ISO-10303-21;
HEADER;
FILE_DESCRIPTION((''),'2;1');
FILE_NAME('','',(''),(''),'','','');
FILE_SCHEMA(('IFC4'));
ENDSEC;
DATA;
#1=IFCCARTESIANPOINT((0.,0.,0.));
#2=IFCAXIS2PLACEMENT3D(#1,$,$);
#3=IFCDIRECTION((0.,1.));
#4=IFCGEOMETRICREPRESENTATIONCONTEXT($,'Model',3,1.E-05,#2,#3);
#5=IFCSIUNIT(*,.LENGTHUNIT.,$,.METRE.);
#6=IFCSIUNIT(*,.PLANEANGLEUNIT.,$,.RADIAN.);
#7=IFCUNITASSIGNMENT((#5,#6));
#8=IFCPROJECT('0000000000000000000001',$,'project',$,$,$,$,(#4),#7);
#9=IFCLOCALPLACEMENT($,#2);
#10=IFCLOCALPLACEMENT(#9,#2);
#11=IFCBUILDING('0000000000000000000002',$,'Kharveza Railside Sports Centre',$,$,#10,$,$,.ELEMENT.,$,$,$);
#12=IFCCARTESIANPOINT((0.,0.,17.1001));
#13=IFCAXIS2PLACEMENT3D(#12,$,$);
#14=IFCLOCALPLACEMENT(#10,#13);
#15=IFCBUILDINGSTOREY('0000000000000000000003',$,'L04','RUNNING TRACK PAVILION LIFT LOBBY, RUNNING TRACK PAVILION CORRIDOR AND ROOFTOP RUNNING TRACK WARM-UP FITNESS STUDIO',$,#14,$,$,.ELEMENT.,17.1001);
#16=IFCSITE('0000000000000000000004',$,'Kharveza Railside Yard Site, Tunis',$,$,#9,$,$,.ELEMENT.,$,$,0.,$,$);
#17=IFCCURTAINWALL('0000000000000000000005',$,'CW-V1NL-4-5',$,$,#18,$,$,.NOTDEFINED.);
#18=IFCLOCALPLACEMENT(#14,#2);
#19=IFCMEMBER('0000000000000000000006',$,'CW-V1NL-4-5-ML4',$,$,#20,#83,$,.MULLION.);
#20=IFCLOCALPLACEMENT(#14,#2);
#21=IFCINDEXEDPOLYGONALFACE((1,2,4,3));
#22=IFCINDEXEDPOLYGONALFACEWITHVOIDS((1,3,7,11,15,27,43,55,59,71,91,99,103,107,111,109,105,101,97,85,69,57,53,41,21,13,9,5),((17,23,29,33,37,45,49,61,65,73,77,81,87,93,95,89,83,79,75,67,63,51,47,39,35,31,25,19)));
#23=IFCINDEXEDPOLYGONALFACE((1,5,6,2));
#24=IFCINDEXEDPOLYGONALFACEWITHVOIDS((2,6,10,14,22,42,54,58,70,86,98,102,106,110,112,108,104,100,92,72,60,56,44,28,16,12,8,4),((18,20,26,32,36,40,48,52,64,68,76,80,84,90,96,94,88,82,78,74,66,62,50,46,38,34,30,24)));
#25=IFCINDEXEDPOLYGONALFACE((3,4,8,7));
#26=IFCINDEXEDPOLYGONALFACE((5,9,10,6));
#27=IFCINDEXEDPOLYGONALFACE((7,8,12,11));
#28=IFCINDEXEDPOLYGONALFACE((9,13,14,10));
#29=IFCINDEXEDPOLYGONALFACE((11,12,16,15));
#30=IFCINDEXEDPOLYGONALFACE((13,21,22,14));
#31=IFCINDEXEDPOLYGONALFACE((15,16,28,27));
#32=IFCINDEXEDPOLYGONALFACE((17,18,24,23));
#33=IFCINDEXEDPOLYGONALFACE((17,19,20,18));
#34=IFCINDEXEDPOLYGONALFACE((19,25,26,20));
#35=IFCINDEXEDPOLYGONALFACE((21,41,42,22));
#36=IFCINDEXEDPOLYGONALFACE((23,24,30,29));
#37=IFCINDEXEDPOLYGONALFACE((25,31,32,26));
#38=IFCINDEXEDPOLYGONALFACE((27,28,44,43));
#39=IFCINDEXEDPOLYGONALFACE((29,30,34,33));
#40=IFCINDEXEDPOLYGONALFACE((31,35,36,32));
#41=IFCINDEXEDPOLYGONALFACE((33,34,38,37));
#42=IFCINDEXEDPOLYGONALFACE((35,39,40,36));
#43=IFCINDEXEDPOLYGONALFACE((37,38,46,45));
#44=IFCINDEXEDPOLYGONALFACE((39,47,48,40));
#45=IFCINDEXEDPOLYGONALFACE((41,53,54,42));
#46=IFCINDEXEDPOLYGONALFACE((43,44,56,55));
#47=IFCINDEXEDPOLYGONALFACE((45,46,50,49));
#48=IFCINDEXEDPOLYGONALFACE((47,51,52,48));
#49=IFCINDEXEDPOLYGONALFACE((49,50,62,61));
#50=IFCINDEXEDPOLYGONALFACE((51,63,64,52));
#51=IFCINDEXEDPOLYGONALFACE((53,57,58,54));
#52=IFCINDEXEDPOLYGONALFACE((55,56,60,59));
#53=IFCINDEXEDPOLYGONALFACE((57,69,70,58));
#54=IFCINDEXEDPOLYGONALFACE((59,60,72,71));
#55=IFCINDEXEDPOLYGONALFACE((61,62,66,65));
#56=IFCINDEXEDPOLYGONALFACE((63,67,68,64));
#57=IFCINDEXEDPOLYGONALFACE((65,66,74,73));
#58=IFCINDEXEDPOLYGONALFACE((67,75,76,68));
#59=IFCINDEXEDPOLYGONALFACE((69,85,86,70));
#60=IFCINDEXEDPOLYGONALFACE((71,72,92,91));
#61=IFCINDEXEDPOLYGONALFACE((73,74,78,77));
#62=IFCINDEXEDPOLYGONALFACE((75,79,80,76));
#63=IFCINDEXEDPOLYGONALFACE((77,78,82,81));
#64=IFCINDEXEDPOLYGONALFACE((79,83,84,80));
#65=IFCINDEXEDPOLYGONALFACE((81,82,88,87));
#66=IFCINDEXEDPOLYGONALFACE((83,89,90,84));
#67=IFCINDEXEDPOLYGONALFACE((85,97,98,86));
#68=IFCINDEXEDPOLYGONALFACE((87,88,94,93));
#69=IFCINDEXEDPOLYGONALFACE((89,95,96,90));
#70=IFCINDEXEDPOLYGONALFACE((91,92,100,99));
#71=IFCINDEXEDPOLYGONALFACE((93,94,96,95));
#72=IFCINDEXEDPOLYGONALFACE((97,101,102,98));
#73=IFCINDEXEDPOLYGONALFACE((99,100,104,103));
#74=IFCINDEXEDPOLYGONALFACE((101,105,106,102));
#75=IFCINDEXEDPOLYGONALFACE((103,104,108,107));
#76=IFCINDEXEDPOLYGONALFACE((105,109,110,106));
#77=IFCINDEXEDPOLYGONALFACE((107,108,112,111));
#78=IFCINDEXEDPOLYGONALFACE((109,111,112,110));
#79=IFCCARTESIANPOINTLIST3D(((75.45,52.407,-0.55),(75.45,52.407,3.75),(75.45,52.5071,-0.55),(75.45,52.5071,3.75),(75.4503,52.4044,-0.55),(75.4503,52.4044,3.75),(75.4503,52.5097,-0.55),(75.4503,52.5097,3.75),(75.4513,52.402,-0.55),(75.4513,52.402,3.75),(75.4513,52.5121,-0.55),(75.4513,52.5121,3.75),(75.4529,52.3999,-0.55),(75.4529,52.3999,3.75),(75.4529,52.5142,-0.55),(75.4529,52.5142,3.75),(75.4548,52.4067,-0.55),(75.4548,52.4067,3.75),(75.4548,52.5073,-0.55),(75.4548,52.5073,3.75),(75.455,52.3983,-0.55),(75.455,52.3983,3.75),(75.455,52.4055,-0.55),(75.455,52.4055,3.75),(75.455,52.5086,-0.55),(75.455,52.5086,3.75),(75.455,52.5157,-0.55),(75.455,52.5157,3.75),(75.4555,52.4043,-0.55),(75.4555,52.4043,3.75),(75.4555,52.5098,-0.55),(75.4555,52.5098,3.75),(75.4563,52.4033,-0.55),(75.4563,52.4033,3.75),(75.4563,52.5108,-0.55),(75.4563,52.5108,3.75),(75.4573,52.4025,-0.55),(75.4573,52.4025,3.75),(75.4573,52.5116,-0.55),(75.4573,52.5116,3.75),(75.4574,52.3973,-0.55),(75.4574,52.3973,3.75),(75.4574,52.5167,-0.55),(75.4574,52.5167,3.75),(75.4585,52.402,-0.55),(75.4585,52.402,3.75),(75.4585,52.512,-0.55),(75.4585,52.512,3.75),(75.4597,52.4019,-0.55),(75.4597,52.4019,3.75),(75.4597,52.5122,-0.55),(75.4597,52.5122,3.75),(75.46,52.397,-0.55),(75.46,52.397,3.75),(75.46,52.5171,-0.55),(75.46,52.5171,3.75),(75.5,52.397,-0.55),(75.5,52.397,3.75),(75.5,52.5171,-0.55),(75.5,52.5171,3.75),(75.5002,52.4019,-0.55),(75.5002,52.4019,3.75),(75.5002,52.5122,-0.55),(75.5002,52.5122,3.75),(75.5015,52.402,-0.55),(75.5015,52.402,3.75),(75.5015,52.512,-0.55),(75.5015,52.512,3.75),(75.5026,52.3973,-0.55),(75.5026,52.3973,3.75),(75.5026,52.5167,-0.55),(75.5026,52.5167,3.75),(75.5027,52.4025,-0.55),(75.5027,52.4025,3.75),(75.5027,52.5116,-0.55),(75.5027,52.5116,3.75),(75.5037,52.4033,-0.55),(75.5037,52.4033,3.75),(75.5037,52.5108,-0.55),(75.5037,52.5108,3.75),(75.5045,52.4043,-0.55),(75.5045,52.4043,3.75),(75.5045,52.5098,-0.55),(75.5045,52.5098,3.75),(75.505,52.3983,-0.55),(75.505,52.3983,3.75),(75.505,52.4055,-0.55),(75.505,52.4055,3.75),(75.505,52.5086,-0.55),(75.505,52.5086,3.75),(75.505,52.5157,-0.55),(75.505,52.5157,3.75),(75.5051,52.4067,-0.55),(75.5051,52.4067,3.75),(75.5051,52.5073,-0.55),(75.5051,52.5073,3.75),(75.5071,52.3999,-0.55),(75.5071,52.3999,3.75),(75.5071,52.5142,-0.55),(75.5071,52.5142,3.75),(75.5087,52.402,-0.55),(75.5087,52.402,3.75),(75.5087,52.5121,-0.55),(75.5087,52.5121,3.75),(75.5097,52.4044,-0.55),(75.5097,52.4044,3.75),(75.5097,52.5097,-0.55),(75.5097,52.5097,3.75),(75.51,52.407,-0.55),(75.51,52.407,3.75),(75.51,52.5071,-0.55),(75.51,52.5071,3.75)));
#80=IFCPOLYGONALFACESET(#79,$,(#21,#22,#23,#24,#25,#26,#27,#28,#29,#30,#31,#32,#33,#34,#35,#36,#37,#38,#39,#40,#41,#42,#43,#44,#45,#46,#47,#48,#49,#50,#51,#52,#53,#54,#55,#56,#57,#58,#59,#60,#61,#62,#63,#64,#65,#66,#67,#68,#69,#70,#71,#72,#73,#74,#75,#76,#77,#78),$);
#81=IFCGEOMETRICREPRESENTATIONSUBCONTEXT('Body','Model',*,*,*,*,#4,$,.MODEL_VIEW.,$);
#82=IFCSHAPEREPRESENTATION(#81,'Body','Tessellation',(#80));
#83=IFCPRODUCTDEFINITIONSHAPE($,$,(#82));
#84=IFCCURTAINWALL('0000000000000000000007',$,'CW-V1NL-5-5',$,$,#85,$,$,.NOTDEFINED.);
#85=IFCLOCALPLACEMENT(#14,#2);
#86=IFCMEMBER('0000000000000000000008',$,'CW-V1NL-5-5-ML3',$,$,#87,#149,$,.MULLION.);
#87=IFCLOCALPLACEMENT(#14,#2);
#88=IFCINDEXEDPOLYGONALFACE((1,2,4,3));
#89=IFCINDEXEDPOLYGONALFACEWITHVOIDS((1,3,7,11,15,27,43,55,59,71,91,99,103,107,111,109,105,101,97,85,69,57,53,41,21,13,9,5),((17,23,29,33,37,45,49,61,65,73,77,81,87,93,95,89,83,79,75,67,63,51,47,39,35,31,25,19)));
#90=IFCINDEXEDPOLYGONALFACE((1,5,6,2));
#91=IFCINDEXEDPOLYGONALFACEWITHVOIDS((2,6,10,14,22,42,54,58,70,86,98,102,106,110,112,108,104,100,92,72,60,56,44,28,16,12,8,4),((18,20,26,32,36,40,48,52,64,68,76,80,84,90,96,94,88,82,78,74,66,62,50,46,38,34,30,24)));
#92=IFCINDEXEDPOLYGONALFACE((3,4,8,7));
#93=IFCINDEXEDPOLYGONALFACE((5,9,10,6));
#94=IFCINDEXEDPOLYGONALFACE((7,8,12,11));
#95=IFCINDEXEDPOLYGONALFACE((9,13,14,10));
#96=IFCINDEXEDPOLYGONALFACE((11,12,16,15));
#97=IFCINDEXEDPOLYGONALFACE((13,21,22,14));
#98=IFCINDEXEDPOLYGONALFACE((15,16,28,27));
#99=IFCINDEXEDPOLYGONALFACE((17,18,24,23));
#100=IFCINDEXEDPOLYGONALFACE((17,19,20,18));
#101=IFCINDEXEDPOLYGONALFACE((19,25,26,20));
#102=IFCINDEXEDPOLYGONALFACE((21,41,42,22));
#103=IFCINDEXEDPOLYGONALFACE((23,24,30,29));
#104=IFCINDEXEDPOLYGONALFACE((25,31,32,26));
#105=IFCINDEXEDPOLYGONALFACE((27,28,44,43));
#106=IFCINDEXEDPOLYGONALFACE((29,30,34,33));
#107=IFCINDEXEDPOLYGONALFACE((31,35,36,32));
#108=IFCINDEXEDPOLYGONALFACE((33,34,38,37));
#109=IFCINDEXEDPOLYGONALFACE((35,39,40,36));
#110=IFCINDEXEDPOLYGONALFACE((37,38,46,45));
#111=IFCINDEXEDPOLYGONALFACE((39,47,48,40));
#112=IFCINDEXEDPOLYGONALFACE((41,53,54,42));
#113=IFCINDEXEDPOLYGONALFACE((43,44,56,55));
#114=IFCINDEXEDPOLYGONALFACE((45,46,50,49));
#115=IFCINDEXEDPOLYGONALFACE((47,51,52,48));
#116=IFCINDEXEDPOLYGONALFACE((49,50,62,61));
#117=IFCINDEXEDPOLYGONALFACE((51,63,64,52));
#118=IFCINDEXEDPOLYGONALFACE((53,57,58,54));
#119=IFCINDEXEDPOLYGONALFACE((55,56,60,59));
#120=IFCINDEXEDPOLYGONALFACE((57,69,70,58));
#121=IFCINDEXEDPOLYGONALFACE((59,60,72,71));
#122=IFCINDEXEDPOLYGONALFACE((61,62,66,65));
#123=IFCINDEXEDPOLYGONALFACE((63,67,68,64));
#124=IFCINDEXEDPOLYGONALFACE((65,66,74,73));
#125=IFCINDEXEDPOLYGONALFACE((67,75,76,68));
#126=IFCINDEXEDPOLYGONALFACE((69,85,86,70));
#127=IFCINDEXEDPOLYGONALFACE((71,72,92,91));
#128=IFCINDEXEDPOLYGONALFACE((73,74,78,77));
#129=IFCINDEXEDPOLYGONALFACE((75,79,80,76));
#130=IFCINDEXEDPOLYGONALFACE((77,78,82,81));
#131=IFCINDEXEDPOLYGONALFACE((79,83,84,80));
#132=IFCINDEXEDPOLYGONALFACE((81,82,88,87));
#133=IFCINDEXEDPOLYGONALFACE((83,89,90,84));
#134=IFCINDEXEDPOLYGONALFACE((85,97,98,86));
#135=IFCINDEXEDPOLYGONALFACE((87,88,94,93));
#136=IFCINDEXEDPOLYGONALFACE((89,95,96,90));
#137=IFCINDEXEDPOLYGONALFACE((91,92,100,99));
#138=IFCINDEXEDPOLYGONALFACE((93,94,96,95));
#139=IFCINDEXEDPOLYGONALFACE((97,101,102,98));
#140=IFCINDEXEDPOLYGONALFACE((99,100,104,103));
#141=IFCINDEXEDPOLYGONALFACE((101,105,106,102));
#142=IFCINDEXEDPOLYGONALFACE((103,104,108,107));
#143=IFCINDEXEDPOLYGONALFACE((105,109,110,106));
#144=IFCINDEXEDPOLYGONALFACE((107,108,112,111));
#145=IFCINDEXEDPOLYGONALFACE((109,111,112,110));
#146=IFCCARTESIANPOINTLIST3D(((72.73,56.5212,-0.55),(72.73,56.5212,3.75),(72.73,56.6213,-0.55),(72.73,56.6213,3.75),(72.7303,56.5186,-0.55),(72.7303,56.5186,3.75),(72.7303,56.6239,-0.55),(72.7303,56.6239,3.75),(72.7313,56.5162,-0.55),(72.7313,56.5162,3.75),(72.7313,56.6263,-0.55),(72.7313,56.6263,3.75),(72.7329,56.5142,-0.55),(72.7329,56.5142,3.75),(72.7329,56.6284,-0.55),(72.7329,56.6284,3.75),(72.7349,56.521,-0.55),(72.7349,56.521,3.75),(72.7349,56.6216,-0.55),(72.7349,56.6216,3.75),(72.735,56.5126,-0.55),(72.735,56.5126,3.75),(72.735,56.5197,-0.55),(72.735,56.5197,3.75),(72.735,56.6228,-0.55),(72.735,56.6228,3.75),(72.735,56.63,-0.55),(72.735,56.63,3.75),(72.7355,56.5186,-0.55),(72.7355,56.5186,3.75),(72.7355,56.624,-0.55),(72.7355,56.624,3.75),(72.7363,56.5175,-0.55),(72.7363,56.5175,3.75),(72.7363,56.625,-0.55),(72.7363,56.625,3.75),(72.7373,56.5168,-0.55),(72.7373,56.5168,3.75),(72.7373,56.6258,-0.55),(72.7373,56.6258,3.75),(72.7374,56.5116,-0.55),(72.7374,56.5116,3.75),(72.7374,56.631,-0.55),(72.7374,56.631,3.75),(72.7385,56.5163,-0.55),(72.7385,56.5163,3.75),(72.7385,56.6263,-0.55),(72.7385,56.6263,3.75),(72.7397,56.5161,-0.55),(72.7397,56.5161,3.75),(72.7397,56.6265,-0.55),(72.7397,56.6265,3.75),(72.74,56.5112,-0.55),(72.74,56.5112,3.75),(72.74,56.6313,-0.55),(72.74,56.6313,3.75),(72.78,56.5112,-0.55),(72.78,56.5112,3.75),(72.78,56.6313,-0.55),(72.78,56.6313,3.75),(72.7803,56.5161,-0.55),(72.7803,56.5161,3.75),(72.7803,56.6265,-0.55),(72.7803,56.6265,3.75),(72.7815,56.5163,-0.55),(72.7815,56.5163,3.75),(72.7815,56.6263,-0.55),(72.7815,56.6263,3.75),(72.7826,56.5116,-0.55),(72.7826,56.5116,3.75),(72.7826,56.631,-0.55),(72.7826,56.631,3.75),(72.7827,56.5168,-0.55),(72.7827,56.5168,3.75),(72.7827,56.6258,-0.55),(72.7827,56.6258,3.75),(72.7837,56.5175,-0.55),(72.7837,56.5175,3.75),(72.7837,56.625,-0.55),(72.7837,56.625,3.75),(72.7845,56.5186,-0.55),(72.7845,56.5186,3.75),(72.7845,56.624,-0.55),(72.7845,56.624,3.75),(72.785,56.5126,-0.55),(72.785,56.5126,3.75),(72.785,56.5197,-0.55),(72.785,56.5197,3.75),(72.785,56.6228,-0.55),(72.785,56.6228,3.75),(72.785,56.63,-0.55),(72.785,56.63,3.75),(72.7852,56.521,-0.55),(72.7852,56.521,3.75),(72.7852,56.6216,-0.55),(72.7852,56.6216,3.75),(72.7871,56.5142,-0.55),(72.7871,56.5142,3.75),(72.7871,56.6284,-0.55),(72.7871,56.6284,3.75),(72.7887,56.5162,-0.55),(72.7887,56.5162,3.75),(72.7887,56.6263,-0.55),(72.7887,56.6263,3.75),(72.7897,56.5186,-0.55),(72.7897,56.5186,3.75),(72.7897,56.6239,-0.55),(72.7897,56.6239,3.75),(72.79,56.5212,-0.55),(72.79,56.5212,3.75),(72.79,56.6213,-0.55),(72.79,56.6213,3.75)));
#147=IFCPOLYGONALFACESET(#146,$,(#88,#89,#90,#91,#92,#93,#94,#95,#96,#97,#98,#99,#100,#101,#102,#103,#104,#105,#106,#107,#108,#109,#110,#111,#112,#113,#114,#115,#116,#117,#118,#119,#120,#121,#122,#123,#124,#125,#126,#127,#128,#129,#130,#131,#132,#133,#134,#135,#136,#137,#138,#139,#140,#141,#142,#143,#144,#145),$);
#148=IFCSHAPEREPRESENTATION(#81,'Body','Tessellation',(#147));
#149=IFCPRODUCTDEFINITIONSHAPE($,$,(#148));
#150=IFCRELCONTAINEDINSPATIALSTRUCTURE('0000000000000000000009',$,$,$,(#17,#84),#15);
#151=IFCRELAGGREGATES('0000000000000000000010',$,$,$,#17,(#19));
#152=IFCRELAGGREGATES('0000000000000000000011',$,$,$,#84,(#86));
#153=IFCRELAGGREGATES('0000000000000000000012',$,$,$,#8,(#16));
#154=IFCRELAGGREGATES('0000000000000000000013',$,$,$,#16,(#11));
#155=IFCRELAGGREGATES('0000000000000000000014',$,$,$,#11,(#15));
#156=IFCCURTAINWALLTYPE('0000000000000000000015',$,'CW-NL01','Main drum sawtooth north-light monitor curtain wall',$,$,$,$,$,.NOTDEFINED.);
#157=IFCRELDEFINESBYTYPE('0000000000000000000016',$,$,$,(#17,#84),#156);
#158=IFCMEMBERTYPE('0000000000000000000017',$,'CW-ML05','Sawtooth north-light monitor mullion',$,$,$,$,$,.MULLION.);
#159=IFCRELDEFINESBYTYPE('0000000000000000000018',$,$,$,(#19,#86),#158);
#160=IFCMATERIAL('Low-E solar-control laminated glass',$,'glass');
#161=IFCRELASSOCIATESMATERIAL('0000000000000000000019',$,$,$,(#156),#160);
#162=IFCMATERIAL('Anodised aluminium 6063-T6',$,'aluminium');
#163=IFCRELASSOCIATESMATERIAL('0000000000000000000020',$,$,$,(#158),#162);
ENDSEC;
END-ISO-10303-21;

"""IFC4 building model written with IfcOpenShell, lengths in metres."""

from ifc_helpers import new_model, si_unit, direction, frame, origin, origin_2d, place, context, subcontext, project, spatial, hollow_rectangle, extrude, material, material_profile, profile_set, type_object, element, aggregate, save


model = new_model("IFC4")

# Units and contexts
model_context = context("Model", 3, precision=1e-05, world=origin(), true_north=direction((0.0, 1.0)))
body_context = subcontext(model_context, "Body", "Model", "MODEL_VIEW")
ifc_project = project(units=[si_unit("LENGTHUNIT", "METRE"), si_unit("PLANEANGLEUNIT", "RADIAN")], contexts=[model_context])

# Site, building, storey
site_placement = place(None, origin())
site = spatial("IfcSite", under=ifc_project, at=site_placement, Name="Kharveza Railside Yard Site, Tunis", CompositionType="ELEMENT", RefElevation=0.0)
building_placement = place(site_placement, origin())
building = spatial("IfcBuilding", under=site, at=building_placement, Name="Kharveza Railside Sports Centre", CompositionType="ELEMENT")
storey_placement = place(building_placement, frame((0.0, 0.0, 17.1001)))
storey = spatial("IfcBuildingStorey", under=building, at=storey_placement, Name="L04", Description="RUNNING TRACK PAVILION LIFT LOBBY, RUNNING TRACK PAVILION CORRIDOR AND ROOFTOP RUNNING TRACK WARM-UP FITNESS STUDIO", CompositionType="ELEMENT", Elevation=17.1001)

# Curtain wall, member
ifc_material_1 = material(Name="Low-E solar-control laminated glass", Category="glass")
curtain_wall_type = type_object("IfcCurtainWallType", Name="CW-NL01", Description="Main drum sawtooth north-light monitor curtain wall", PredefinedType="NOTDEFINED", material=ifc_material_1)
curtain_wall_1_placement = place(storey_placement, origin())
curtain_wall_1 = element("IfcCurtainWall", 1, at=curtain_wall_1_placement, inside=storey, type_object=curtain_wall_type, Name="CW-V1NL-4-5", PredefinedType="NOTDEFINED")
ifc_material_2 = material(Name="Anodised aluminium 6063-T6", Category="aluminium")
ifc_material_profile_1 = material_profile(ifc_material_2, hollow_rectangle(XDim=0.0601, YDim=0.1201, WallThickness=0.0049, InnerFilletRadius=0.0049, OuterFilletRadius=0.01, at=origin_2d()), Name="RHS 60x120x5.0")
ifc_profile_set_1 = profile_set([ifc_material_profile_1], Name="Anodised aluminium 6063-T6")
member_type_1 = type_object("IfcMemberType", Name="CW-ML05", Description="Sawtooth north-light monitor mullion", PredefinedType="MULLION", material=ifc_profile_set_1)
member_1_placement = place(storey_placement, frame((75.48, 52.457, -0.55), z_axis=(0.0, 0.0, 1.0), x_axis=(1.0, 0.0, 0.0)))
member_1 = element("IfcMember", 2, at=member_1_placement, type_object=member_type_1, Name="CW-V1NL-4-5-ML4", PredefinedType="MULLION", context=body_context, shape_type="SweptSolid", body=[
    extrude(hollow_rectangle(XDim=0.0601, YDim=0.1201, WallThickness=0.0049, InnerFilletRadius=0.0049, OuterFilletRadius=0.01, at=origin_2d()), origin(), (0.0, 0.0, 1.0), 4.3),
])

# Curtain wall, member
curtain_wall_2_placement = place(storey_placement, origin())
curtain_wall_2 = element("IfcCurtainWall", 3, at=curtain_wall_2_placement, inside=storey, type_object=curtain_wall_type, Name="CW-V1NL-5-5", PredefinedType="NOTDEFINED")
member_2_placement = place(storey_placement, frame((72.76, 56.5713, -0.55), z_axis=(0.0, 0.0, 1.0), x_axis=(1.0, 0.0, 0.0)))
member_2 = element("IfcMember", 4, at=member_2_placement, type_object=member_type_1, Name="CW-V1NL-5-5-ML3", PredefinedType="MULLION", context=body_context, shape_type="SweptSolid", body=[
    extrude(hollow_rectangle(XDim=0.0601, YDim=0.1201, WallThickness=0.0049, InnerFilletRadius=0.0049, OuterFilletRadius=0.01, at=origin_2d()), origin(), (0.0, 0.0, 1.0), 4.3),
])

aggregate(curtain_wall_1, [member_1])
aggregate(curtain_wall_2, [member_2])

save(model, "model.ifc")
